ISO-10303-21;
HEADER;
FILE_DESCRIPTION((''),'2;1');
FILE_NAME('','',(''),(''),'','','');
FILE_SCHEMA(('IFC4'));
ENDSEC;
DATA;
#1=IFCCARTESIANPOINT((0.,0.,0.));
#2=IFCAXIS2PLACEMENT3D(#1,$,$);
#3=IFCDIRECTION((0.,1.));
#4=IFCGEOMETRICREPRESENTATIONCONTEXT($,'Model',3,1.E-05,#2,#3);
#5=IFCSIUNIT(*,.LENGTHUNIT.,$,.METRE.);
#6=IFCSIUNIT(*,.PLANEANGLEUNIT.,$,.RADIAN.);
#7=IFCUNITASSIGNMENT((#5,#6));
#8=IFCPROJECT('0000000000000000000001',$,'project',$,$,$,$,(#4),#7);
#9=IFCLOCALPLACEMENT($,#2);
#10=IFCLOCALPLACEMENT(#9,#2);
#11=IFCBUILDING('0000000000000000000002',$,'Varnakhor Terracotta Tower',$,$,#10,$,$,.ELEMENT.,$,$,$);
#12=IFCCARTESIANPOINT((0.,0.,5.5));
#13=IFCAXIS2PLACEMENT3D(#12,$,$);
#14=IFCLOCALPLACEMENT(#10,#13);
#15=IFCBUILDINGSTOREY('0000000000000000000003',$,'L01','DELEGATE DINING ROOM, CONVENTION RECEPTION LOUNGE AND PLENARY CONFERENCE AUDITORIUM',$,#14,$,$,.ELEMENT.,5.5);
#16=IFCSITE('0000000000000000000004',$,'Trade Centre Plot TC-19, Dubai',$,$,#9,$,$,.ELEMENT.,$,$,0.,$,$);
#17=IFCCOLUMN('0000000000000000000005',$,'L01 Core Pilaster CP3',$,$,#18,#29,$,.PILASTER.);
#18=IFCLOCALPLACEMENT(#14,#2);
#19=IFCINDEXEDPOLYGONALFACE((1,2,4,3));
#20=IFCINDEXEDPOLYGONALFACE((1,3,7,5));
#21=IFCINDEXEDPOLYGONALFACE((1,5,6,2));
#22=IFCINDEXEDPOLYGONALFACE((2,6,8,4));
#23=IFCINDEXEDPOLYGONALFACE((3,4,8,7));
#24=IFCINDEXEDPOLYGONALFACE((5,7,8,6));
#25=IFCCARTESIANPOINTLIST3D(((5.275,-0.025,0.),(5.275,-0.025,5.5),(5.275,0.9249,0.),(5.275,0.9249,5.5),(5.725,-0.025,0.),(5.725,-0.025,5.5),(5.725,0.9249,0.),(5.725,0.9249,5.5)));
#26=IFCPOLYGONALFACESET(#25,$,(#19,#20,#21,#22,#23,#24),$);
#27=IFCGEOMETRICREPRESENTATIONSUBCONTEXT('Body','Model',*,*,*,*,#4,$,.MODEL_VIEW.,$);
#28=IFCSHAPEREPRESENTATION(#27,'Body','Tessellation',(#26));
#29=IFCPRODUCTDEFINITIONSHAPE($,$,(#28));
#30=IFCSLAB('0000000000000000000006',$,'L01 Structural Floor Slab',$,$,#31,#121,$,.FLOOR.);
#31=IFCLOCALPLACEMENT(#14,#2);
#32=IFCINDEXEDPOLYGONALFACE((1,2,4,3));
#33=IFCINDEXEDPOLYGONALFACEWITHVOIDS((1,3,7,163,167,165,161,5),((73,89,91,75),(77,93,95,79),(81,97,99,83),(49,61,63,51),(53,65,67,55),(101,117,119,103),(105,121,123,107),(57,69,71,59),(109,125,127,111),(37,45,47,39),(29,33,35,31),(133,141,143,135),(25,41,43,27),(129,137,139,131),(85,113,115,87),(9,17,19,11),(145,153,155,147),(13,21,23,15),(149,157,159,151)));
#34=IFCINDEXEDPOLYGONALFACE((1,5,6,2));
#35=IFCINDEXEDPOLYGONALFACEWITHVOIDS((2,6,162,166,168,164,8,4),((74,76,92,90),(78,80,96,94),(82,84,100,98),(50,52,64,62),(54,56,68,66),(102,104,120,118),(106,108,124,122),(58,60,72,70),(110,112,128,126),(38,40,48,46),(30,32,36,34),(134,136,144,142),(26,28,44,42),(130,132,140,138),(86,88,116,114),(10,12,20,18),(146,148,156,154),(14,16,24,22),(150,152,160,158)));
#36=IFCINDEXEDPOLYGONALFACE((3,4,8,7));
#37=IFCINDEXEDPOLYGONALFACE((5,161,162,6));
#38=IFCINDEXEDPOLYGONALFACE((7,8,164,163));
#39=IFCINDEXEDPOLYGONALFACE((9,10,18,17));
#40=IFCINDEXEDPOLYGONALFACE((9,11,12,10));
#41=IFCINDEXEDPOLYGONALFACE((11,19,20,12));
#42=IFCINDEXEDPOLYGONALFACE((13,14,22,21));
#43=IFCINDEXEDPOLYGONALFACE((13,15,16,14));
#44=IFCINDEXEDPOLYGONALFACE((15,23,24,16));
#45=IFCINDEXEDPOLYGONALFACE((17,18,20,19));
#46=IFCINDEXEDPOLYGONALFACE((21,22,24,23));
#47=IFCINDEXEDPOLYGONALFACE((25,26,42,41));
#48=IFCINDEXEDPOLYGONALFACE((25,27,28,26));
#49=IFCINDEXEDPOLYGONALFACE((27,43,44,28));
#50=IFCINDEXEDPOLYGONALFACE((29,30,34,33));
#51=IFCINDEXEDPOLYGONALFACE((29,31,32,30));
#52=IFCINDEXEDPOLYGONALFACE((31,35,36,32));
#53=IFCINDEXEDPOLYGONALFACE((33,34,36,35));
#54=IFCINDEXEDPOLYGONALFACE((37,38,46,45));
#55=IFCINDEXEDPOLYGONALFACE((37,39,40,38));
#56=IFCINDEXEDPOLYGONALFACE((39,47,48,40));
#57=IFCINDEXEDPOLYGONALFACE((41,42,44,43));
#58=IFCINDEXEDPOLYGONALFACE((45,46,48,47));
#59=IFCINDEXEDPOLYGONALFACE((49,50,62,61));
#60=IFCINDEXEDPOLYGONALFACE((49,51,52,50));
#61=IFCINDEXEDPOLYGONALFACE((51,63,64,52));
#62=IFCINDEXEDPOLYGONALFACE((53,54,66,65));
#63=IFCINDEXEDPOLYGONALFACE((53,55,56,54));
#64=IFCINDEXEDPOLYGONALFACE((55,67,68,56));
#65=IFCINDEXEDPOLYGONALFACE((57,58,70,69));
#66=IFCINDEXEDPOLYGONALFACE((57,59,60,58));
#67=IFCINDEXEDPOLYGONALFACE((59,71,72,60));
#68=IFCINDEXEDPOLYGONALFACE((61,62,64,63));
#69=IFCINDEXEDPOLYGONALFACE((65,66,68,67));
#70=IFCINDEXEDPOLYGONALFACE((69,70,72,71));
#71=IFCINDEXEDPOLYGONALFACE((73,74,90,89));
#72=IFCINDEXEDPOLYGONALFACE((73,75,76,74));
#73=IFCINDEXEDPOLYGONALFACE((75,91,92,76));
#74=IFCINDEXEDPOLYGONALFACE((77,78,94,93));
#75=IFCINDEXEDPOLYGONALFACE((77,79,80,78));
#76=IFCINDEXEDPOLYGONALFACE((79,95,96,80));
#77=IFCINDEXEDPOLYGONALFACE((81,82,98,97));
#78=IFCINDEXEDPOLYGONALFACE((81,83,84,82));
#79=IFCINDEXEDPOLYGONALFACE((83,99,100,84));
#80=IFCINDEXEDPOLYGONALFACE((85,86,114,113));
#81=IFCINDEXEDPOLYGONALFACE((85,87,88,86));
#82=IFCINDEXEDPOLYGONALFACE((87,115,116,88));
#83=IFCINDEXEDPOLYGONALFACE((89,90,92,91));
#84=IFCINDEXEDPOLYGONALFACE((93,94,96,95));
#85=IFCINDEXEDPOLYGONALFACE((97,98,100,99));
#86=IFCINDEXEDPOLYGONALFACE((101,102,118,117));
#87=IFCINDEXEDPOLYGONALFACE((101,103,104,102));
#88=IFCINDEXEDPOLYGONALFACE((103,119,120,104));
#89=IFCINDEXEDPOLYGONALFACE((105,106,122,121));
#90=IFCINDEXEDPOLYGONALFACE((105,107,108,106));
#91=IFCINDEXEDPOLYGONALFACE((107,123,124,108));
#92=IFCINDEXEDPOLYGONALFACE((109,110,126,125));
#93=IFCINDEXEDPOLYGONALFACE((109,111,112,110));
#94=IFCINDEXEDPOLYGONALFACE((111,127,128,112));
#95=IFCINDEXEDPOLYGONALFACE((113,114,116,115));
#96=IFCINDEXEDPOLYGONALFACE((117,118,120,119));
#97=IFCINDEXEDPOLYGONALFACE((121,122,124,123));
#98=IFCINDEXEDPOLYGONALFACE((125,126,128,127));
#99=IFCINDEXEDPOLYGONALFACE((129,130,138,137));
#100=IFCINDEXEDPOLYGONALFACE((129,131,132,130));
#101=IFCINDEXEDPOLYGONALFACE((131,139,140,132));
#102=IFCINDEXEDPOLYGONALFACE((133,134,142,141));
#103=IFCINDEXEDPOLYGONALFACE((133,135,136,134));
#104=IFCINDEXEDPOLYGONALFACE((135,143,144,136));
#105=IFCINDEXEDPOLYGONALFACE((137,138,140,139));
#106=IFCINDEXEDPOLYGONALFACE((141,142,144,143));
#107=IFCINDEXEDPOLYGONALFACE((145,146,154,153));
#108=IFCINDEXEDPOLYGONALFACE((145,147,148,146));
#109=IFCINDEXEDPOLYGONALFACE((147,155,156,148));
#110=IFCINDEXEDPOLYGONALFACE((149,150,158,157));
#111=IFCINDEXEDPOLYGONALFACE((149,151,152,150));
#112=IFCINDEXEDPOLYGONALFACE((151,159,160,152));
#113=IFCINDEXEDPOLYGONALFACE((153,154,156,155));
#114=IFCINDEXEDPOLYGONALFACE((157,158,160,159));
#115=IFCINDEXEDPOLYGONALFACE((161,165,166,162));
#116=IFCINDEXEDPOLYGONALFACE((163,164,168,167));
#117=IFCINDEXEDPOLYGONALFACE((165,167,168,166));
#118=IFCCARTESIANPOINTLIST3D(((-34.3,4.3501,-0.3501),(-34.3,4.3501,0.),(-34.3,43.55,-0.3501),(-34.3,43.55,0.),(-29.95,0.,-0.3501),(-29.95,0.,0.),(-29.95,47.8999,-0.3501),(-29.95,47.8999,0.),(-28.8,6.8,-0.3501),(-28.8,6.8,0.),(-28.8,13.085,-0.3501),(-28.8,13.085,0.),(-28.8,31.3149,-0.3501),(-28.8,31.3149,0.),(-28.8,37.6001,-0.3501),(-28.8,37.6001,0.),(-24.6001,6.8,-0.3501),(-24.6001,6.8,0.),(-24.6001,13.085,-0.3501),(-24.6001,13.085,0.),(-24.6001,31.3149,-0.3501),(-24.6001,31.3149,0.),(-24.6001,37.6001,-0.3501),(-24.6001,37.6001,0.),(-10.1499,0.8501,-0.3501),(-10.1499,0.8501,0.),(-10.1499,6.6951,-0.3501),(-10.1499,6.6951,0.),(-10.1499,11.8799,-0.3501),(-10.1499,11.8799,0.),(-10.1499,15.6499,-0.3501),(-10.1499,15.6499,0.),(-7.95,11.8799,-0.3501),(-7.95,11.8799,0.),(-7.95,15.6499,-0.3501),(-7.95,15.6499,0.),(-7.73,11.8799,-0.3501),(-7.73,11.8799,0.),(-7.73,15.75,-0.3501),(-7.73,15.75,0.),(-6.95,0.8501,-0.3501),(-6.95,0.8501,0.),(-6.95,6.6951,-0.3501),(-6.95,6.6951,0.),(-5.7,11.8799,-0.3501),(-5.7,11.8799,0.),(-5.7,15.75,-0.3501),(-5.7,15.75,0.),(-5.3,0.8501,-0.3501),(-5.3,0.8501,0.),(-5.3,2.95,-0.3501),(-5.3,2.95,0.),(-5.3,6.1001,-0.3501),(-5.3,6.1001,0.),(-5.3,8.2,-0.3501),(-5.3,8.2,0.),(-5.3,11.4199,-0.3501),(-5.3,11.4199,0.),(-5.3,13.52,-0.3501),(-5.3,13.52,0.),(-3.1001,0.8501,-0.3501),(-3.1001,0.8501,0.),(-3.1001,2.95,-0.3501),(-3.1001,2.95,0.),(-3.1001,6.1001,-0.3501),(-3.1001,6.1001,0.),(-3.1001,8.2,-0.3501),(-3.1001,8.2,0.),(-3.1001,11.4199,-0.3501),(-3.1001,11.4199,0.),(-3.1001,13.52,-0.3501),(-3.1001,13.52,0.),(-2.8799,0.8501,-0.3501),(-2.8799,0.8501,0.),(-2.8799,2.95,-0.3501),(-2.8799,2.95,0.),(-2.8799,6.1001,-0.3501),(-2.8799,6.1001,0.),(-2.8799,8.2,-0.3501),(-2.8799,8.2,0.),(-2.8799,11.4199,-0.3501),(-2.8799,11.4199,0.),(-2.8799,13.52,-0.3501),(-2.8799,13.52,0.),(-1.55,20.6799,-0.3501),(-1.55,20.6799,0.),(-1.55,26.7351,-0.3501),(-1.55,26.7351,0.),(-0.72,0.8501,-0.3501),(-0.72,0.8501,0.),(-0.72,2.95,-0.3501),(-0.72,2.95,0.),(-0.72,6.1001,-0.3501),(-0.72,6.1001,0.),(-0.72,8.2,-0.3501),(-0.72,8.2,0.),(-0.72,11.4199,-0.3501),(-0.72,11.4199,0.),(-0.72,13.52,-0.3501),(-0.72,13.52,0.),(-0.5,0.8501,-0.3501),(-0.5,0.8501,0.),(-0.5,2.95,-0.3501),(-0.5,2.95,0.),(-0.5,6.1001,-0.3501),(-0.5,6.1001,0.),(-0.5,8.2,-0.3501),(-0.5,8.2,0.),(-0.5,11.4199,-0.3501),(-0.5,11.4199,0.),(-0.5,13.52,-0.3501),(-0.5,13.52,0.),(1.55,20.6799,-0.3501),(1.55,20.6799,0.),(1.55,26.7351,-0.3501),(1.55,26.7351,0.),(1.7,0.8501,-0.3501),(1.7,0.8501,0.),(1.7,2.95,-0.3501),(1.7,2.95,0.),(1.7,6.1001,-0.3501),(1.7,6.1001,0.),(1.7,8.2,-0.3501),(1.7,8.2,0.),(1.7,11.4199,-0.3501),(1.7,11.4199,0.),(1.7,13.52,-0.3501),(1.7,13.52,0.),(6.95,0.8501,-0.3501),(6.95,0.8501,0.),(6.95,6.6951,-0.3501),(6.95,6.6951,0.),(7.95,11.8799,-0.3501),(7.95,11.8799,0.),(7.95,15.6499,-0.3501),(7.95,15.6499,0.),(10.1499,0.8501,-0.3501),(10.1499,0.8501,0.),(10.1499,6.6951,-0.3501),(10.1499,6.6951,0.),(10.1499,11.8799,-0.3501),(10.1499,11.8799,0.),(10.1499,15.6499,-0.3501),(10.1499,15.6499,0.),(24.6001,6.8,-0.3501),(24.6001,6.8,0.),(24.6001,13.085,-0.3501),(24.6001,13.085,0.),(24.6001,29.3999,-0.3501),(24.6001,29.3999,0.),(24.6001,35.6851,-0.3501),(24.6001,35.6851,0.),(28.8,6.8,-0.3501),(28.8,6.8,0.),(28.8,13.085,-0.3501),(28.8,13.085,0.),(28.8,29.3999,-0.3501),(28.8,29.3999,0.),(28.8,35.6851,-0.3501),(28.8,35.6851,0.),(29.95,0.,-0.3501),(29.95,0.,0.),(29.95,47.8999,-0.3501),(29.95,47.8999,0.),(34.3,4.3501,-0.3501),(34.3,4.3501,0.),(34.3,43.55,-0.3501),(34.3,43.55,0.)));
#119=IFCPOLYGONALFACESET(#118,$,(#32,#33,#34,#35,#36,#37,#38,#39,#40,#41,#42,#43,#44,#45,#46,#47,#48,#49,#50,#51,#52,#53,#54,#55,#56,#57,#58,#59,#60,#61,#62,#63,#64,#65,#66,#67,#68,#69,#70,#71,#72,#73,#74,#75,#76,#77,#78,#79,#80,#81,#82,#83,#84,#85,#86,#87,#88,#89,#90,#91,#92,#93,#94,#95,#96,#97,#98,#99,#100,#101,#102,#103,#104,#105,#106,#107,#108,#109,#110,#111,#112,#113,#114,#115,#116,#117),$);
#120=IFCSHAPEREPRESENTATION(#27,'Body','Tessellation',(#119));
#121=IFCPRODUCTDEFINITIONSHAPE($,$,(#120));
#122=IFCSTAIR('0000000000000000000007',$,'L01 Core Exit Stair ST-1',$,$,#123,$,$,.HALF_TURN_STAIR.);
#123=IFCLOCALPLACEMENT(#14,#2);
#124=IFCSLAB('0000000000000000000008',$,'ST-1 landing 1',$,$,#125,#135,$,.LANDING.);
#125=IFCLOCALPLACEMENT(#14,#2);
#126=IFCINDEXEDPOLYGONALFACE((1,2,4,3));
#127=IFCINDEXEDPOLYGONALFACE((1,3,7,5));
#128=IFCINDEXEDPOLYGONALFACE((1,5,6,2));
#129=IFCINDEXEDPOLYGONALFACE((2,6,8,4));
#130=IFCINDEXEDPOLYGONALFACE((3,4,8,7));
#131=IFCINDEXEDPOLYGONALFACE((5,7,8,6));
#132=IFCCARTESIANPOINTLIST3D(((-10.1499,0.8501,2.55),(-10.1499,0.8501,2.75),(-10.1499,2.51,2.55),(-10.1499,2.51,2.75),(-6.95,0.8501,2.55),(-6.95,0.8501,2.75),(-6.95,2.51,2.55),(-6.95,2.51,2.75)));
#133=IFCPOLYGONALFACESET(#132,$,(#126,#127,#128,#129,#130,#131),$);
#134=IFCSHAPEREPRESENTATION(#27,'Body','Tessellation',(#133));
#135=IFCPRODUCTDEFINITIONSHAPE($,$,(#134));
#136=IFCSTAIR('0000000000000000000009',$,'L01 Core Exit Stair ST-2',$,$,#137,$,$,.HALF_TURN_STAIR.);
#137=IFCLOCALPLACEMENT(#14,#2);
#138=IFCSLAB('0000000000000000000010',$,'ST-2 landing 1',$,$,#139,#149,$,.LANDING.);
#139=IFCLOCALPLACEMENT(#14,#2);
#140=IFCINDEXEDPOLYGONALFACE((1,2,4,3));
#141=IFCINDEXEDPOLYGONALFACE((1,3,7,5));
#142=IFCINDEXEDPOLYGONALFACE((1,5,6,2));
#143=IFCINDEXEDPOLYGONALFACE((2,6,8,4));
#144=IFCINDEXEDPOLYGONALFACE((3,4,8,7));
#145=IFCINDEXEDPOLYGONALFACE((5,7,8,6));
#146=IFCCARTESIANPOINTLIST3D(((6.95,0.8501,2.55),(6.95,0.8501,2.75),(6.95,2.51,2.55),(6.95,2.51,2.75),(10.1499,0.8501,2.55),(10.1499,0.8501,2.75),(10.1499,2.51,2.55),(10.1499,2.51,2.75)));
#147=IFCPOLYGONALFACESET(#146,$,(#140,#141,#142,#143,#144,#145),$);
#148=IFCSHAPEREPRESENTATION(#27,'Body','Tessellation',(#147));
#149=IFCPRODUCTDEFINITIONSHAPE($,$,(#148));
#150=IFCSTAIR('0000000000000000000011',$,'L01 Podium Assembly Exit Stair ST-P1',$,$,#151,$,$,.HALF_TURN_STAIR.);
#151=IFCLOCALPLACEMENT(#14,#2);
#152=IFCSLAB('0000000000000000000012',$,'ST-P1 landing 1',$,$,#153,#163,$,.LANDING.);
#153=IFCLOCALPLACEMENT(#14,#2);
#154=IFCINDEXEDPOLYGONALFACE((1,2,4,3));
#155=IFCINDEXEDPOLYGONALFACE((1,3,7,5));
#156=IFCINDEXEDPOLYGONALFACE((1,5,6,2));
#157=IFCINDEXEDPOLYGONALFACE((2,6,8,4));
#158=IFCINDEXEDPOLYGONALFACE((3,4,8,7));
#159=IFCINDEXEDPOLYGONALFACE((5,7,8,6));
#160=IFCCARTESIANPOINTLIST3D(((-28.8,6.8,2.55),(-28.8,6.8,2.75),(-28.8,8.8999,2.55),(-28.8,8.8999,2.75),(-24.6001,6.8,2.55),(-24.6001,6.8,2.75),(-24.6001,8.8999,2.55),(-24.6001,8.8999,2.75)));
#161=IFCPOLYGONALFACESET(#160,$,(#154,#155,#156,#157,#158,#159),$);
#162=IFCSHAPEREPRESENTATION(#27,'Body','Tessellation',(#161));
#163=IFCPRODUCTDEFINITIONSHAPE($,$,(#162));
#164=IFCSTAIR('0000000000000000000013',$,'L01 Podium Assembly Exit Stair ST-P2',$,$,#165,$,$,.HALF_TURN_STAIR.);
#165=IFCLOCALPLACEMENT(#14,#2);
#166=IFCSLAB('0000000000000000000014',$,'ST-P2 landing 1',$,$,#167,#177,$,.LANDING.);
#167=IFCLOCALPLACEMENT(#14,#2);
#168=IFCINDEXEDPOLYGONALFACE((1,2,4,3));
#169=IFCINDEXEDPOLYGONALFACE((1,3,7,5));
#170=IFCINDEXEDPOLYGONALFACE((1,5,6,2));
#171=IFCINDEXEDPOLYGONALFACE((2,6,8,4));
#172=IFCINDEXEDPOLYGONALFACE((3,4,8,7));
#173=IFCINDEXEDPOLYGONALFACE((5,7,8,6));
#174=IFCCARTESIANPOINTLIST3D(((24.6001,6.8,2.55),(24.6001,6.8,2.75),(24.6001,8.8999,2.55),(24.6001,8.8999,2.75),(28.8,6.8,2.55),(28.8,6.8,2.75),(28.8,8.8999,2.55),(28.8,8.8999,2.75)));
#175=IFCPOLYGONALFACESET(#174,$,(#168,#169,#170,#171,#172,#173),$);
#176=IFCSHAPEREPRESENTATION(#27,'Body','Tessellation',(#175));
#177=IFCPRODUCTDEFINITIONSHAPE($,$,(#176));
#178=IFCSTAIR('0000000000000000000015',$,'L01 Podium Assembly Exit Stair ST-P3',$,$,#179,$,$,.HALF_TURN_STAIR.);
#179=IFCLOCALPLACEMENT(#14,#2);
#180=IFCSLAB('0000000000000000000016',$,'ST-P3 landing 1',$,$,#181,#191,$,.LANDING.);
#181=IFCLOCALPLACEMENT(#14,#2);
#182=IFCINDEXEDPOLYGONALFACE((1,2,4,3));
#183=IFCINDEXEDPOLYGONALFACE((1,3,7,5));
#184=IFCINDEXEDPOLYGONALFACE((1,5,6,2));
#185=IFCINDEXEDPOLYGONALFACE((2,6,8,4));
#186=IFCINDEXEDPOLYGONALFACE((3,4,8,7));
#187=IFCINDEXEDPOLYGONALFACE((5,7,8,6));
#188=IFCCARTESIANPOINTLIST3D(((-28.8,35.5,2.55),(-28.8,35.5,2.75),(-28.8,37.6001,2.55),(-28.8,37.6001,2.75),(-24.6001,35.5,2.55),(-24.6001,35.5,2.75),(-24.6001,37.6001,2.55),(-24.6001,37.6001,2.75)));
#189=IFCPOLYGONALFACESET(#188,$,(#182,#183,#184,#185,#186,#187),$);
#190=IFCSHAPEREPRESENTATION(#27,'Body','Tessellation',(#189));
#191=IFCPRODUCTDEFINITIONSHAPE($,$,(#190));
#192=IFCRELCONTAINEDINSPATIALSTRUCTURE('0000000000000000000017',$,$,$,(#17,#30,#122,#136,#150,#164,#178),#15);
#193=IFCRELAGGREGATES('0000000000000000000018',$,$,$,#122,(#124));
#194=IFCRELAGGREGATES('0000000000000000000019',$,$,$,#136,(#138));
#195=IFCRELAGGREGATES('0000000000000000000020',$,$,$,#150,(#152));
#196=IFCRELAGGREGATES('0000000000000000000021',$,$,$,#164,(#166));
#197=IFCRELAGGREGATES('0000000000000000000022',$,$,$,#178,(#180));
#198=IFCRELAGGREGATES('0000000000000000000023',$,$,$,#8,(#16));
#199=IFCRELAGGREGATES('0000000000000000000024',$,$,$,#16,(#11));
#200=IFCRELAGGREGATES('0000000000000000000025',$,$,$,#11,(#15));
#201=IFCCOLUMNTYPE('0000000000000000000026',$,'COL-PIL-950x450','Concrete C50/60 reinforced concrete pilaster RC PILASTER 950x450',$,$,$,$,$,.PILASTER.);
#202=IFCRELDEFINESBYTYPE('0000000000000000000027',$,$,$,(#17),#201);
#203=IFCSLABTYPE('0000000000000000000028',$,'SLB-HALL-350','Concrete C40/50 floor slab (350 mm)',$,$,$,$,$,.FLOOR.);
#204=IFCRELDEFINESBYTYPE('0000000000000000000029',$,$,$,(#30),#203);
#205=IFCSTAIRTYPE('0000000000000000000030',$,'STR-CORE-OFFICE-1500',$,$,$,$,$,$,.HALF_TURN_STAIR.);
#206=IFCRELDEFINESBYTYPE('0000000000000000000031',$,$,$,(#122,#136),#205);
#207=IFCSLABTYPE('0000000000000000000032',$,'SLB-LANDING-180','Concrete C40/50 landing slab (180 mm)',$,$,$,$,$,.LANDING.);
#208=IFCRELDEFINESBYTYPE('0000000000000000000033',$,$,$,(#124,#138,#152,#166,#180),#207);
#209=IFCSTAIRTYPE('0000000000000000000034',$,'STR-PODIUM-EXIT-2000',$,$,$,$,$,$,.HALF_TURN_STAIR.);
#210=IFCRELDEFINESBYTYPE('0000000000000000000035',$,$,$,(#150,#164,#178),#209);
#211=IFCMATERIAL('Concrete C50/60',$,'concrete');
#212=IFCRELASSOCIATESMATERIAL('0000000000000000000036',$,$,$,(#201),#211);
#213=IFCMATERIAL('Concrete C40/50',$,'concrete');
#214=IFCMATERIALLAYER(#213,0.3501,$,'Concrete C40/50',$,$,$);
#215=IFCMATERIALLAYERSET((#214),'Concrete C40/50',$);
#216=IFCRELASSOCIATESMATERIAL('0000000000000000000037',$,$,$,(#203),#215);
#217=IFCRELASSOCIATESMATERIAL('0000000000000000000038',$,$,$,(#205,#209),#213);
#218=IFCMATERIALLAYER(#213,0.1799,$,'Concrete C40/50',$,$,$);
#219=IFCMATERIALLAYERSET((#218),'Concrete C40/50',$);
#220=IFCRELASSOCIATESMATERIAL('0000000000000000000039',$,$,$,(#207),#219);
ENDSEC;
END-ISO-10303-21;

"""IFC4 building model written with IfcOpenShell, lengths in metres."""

from ifc_helpers import new_model, si_unit, direction, frame, origin, origin_2d, place, context, subcontext, project, spatial, polyline, rectangle, outline, extrude, source, transform, mapped, material, layer, layer_set, material_profile, profile_set, type_object, element, aggregate, save


model = new_model("IFC4")

# Units and contexts
model_context = context("Model", 3, precision=1e-05, world=origin(), true_north=direction((0.0, 1.0)))
body_context = subcontext(model_context, "Body", "Model", "MODEL_VIEW")
ifc_project = project(units=[si_unit("LENGTHUNIT", "METRE"), si_unit("PLANEANGLEUNIT", "RADIAN")], contexts=[model_context])

# Site, building, storey
site_placement = place(None, origin())
site = spatial("IfcSite", under=ifc_project, at=site_placement, Name="Trade Centre Plot TC-19, Dubai", CompositionType="ELEMENT", RefElevation=0.0)
building_placement = place(site_placement, origin())
building = spatial("IfcBuilding", under=site, at=building_placement, Name="Varnakhor Terracotta Tower", CompositionType="ELEMENT")
storey_placement = place(building_placement, frame((0.0, 0.0, 5.5)))
storey = spatial("IfcBuildingStorey", under=building, at=storey_placement, Name="L01", Description="DELEGATE DINING ROOM, CONVENTION RECEPTION LOUNGE AND PLENARY CONFERENCE AUDITORIUM", CompositionType="ELEMENT", Elevation=5.5)

# Column
ifc_material_1 = material(Name="Concrete C50/60", Category="concrete")
ifc_material_profile = material_profile(ifc_material_1, rectangle(XDim=0.45, YDim=0.95, at=origin_2d()), Name="RC PILASTER 950x450")
ifc_profile_set = profile_set([ifc_material_profile], Name="Concrete C50/60")
column_type = type_object("IfcColumnType", Name="COL-PIL-950x450", Description="Concrete C50/60 reinforced concrete pilaster RC PILASTER 950x450", PredefinedType="PILASTER", material=ifc_profile_set)
shared_shape_1 = source(origin(), body_context, "Body", "SweptSolid", [
    extrude(rectangle(XDim=0.45, YDim=0.95, at=origin_2d()), origin(), (0.0, 0.0, 1.0), 5.5),
])
column_placement = place(storey_placement, frame((5.5, 0.45, 0.0), z_axis=(0.0, 0.0, 1.0), x_axis=(1.0, 0.0, 0.0)))
element("IfcColumn", 1, at=column_placement, inside=storey, type_object=column_type, Name="L01 Core Pilaster CP3", PredefinedType="PILASTER", context=body_context, shape_type="MappedRepresentation", body=[
    mapped(shared_shape_1, transform((0.0, 0.0, 0.0), scale=1.0)),
])

# Slab
ifc_material_2 = material(Name="Concrete C40/50", Category="concrete")
ifc_layer_1 = layer(ifc_material_2, 0.3501, Name="Concrete C40/50")
ifc_layer_set_1 = layer_set([ifc_layer_1], Name="Concrete C40/50")
slab_type_1 = type_object("IfcSlabType", Name="SLB-HALL-350", Description="Concrete C40/50 floor slab (350 mm)", PredefinedType="FLOOR", material=ifc_layer_set_1)
slab_1_placement = place(storey_placement, frame((0.0, 0.0, -0.3501)))
element("IfcSlab", 2, at=slab_1_placement, inside=storey, type_object=slab_type_1, Name="L01 Structural Floor Slab", PredefinedType="FLOOR", context=body_context, shape_type="SweptSolid", body=[
    extrude(outline(polyline([(-34.3, 4.3501), (-34.3, 43.55), (-29.95, 47.8999), (29.95, 47.8999), (34.3, 43.55), (34.3, 4.3501), (29.95, 0.0), (-29.95, 0.0), (-34.3, 4.3501)]), holes=[polyline([(-5.3, 0.8501), (-3.1001, 0.8501), (-3.1001, 2.95), (-5.3, 2.95), (-5.3, 0.8501)]), polyline([(-10.1499, 0.8501), (-6.95, 0.8501), (-6.95, 6.6951), (-10.1499, 6.6951), (-10.1499, 0.8501)]), polyline([(-5.3, 6.1001), (-3.1001, 6.1001), (-3.1001, 8.2), (-5.3, 8.2), (-5.3, 6.1001)]), polyline([(-2.8799, 6.1001), (-0.72, 6.1001), (-0.72, 8.2), (-2.8799, 8.2), (-2.8799, 6.1001)]), polyline([(-28.8, 6.8), (-24.6001, 6.8), (-24.6001, 13.085), (-28.8, 13.085), (-28.8, 6.8)]), polyline([(-5.3, 11.4199), (-3.1001, 11.4199), (-3.1001, 13.52), (-5.3, 13.52), (-5.3, 11.4199)]), polyline([(-2.8799, 11.4199), (-0.72, 11.4199), (-0.72, 13.52), (-2.8799, 13.52), (-2.8799, 11.4199)]), polyline([(-10.1499, 15.6499), (-10.1499, 11.8799), (-7.95, 11.8799), (-7.95, 15.6499), (-10.1499, 15.6499)]), polyline([(-7.73, 15.75), (-7.73, 11.8799), (-5.7, 11.8799), (-5.7, 15.75), (-7.73, 15.75)]), polyline([(-28.8, 31.3149), (-24.6001, 31.3149), (-24.6001, 37.6001), (-28.8, 37.6001), (-28.8, 31.3149)]), polyline([(-2.8799, 0.8501), (-0.72, 0.8501), (-0.72, 2.95), (-2.8799, 2.95), (-2.8799, 0.8501)]), polyline([(-0.5, 0.8501), (1.7, 0.8501), (1.7, 2.95), (-0.5, 2.95), (-0.5, 0.8501)]), polyline([(6.95, 6.6951), (6.95, 0.8501), (10.1499, 0.8501), (10.1499, 6.6951), (6.95, 6.6951)]), polyline([(-0.5, 8.2), (-0.5, 6.1001), (1.7, 6.1001), (1.7, 8.2), (-0.5, 8.2)]), polyline([(24.6001, 6.8), (28.8, 6.8), (28.8, 13.085), (24.6001, 13.085), (24.6001, 6.8)]), polyline([(-0.5, 11.4199), (1.7, 11.4199), (1.7, 13.52), (-0.5, 13.52), (-0.5, 11.4199)]), polyline([(7.95, 11.8799), (10.1499, 11.8799), (10.1499, 15.6499), (7.95, 15.6499), (7.95, 11.8799)]), polyline([(-1.55, 26.7351), (-1.55, 20.6799), (1.55, 20.6799), (1.55, 26.7351), (-1.55, 26.7351)]), polyline([(24.6001, 35.6851), (24.6001, 29.3999), (28.8, 29.3999), (28.8, 35.6851), (24.6001, 35.6851)])]), origin(), (0.0, 0.0, 1.0), 0.3501),
])

# Stairs, slabs
stair_type_1 = type_object("IfcStairType", Name="STR-CORE-OFFICE-1500", PredefinedType="HALF_TURN_STAIR", material=ifc_material_2)
stair_1_placement = place(storey_placement, origin())
stair_1 = element("IfcStair", 3, at=stair_1_placement, inside=storey, type_object=stair_type_1, Name="L01 Core Exit Stair ST-1", PredefinedType="HALF_TURN_STAIR")
ifc_layer_2 = layer(ifc_material_2, 0.1799, Name="Concrete C40/50")
ifc_layer_set_2 = layer_set([ifc_layer_2], Name="Concrete C40/50")
slab_type_2 = type_object("IfcSlabType", Name="SLB-LANDING-180", Description="Concrete C40/50 landing slab (180 mm)", PredefinedType="LANDING", material=ifc_layer_set_2)
slab_2_placement = place(storey_placement, frame((0.0, 0.0, 2.55)))
slab_2 = element("IfcSlab", 4, at=slab_2_placement, type_object=slab_type_2, Name="ST-1 landing 1", PredefinedType="LANDING", context=body_context, shape_type="SweptSolid", body=[
    extrude(outline(polyline([(-10.1499, 2.51), (-10.1499, 0.8501), (-6.95, 0.8501), (-6.95, 2.51), (-10.1499, 2.51)])), origin(), (0.0, 0.0, 1.0), 0.2),
])
aggregate(stair_1, [slab_2])
stair_2_placement = place(storey_placement, origin())
stair_2 = element("IfcStair", 5, at=stair_2_placement, inside=storey, type_object=stair_type_1, Name="L01 Core Exit Stair ST-2", PredefinedType="HALF_TURN_STAIR")
slab_3_placement = place(storey_placement, frame((0.0, 0.0, 2.55)))
slab_3 = element("IfcSlab", 6, at=slab_3_placement, type_object=slab_type_2, Name="ST-2 landing 1", PredefinedType="LANDING", context=body_context, shape_type="SweptSolid", body=[
    extrude(outline(polyline([(6.95, 2.51), (6.95, 0.8501), (10.1499, 0.8501), (10.1499, 2.51), (6.95, 2.51)])), origin(), (0.0, 0.0, 1.0), 0.2),
])
aggregate(stair_2, [slab_3])
stair_type_2 = type_object("IfcStairType", Name="STR-PODIUM-EXIT-2000", PredefinedType="HALF_TURN_STAIR", material=ifc_material_2)
stair_3_placement = place(storey_placement, origin())
stair_3 = element("IfcStair", 7, at=stair_3_placement, inside=storey, type_object=stair_type_2, Name="L01 Podium Assembly Exit Stair ST-P1", PredefinedType="HALF_TURN_STAIR")
slab_4_placement = place(storey_placement, frame((0.0, 0.0, 2.55)))
slab_4 = element("IfcSlab", 8, at=slab_4_placement, type_object=slab_type_2, Name="ST-P1 landing 1", PredefinedType="LANDING", context=body_context, shape_type="SweptSolid", body=[
    extrude(outline(polyline([(-28.8, 8.8999), (-28.8, 6.8), (-24.6001, 6.8), (-24.6001, 8.8999), (-28.8, 8.8999)])), origin(), (0.0, 0.0, 1.0), 0.2),
])
aggregate(stair_3, [slab_4])
stair_4_placement = place(storey_placement, origin())
stair_4 = element("IfcStair", 9, at=stair_4_placement, inside=storey, type_object=stair_type_2, Name="L01 Podium Assembly Exit Stair ST-P2", PredefinedType="HALF_TURN_STAIR")
slab_5_placement = place(storey_placement, frame((0.0, 0.0, 2.55)))
slab_5 = element("IfcSlab", 10, at=slab_5_placement, type_object=slab_type_2, Name="ST-P2 landing 1", PredefinedType="LANDING", context=body_context, shape_type="SweptSolid", body=[
    extrude(outline(polyline([(24.6001, 8.8999), (24.6001, 6.8), (28.8, 6.8), (28.8, 8.8999), (24.6001, 8.8999)])), origin(), (0.0, 0.0, 1.0), 0.2),
])
aggregate(stair_4, [slab_5])
stair_5_placement = place(storey_placement, origin())
stair_5 = element("IfcStair", 11, at=stair_5_placement, inside=storey, type_object=stair_type_2, Name="L01 Podium Assembly Exit Stair ST-P3", PredefinedType="HALF_TURN_STAIR")
slab_6_placement = place(storey_placement, frame((0.0, 0.0, 2.55)))
slab_6 = element("IfcSlab", 12, at=slab_6_placement, type_object=slab_type_2, Name="ST-P3 landing 1", PredefinedType="LANDING", context=body_context, shape_type="SweptSolid", body=[
    extrude(outline(polyline([(-24.6001, 35.5), (-24.6001, 37.6001), (-28.8, 37.6001), (-28.8, 35.5), (-24.6001, 35.5)])), origin(), (0.0, 0.0, 1.0), 0.2),
])
aggregate(stair_5, [slab_6])

save(model, "model.ifc")
